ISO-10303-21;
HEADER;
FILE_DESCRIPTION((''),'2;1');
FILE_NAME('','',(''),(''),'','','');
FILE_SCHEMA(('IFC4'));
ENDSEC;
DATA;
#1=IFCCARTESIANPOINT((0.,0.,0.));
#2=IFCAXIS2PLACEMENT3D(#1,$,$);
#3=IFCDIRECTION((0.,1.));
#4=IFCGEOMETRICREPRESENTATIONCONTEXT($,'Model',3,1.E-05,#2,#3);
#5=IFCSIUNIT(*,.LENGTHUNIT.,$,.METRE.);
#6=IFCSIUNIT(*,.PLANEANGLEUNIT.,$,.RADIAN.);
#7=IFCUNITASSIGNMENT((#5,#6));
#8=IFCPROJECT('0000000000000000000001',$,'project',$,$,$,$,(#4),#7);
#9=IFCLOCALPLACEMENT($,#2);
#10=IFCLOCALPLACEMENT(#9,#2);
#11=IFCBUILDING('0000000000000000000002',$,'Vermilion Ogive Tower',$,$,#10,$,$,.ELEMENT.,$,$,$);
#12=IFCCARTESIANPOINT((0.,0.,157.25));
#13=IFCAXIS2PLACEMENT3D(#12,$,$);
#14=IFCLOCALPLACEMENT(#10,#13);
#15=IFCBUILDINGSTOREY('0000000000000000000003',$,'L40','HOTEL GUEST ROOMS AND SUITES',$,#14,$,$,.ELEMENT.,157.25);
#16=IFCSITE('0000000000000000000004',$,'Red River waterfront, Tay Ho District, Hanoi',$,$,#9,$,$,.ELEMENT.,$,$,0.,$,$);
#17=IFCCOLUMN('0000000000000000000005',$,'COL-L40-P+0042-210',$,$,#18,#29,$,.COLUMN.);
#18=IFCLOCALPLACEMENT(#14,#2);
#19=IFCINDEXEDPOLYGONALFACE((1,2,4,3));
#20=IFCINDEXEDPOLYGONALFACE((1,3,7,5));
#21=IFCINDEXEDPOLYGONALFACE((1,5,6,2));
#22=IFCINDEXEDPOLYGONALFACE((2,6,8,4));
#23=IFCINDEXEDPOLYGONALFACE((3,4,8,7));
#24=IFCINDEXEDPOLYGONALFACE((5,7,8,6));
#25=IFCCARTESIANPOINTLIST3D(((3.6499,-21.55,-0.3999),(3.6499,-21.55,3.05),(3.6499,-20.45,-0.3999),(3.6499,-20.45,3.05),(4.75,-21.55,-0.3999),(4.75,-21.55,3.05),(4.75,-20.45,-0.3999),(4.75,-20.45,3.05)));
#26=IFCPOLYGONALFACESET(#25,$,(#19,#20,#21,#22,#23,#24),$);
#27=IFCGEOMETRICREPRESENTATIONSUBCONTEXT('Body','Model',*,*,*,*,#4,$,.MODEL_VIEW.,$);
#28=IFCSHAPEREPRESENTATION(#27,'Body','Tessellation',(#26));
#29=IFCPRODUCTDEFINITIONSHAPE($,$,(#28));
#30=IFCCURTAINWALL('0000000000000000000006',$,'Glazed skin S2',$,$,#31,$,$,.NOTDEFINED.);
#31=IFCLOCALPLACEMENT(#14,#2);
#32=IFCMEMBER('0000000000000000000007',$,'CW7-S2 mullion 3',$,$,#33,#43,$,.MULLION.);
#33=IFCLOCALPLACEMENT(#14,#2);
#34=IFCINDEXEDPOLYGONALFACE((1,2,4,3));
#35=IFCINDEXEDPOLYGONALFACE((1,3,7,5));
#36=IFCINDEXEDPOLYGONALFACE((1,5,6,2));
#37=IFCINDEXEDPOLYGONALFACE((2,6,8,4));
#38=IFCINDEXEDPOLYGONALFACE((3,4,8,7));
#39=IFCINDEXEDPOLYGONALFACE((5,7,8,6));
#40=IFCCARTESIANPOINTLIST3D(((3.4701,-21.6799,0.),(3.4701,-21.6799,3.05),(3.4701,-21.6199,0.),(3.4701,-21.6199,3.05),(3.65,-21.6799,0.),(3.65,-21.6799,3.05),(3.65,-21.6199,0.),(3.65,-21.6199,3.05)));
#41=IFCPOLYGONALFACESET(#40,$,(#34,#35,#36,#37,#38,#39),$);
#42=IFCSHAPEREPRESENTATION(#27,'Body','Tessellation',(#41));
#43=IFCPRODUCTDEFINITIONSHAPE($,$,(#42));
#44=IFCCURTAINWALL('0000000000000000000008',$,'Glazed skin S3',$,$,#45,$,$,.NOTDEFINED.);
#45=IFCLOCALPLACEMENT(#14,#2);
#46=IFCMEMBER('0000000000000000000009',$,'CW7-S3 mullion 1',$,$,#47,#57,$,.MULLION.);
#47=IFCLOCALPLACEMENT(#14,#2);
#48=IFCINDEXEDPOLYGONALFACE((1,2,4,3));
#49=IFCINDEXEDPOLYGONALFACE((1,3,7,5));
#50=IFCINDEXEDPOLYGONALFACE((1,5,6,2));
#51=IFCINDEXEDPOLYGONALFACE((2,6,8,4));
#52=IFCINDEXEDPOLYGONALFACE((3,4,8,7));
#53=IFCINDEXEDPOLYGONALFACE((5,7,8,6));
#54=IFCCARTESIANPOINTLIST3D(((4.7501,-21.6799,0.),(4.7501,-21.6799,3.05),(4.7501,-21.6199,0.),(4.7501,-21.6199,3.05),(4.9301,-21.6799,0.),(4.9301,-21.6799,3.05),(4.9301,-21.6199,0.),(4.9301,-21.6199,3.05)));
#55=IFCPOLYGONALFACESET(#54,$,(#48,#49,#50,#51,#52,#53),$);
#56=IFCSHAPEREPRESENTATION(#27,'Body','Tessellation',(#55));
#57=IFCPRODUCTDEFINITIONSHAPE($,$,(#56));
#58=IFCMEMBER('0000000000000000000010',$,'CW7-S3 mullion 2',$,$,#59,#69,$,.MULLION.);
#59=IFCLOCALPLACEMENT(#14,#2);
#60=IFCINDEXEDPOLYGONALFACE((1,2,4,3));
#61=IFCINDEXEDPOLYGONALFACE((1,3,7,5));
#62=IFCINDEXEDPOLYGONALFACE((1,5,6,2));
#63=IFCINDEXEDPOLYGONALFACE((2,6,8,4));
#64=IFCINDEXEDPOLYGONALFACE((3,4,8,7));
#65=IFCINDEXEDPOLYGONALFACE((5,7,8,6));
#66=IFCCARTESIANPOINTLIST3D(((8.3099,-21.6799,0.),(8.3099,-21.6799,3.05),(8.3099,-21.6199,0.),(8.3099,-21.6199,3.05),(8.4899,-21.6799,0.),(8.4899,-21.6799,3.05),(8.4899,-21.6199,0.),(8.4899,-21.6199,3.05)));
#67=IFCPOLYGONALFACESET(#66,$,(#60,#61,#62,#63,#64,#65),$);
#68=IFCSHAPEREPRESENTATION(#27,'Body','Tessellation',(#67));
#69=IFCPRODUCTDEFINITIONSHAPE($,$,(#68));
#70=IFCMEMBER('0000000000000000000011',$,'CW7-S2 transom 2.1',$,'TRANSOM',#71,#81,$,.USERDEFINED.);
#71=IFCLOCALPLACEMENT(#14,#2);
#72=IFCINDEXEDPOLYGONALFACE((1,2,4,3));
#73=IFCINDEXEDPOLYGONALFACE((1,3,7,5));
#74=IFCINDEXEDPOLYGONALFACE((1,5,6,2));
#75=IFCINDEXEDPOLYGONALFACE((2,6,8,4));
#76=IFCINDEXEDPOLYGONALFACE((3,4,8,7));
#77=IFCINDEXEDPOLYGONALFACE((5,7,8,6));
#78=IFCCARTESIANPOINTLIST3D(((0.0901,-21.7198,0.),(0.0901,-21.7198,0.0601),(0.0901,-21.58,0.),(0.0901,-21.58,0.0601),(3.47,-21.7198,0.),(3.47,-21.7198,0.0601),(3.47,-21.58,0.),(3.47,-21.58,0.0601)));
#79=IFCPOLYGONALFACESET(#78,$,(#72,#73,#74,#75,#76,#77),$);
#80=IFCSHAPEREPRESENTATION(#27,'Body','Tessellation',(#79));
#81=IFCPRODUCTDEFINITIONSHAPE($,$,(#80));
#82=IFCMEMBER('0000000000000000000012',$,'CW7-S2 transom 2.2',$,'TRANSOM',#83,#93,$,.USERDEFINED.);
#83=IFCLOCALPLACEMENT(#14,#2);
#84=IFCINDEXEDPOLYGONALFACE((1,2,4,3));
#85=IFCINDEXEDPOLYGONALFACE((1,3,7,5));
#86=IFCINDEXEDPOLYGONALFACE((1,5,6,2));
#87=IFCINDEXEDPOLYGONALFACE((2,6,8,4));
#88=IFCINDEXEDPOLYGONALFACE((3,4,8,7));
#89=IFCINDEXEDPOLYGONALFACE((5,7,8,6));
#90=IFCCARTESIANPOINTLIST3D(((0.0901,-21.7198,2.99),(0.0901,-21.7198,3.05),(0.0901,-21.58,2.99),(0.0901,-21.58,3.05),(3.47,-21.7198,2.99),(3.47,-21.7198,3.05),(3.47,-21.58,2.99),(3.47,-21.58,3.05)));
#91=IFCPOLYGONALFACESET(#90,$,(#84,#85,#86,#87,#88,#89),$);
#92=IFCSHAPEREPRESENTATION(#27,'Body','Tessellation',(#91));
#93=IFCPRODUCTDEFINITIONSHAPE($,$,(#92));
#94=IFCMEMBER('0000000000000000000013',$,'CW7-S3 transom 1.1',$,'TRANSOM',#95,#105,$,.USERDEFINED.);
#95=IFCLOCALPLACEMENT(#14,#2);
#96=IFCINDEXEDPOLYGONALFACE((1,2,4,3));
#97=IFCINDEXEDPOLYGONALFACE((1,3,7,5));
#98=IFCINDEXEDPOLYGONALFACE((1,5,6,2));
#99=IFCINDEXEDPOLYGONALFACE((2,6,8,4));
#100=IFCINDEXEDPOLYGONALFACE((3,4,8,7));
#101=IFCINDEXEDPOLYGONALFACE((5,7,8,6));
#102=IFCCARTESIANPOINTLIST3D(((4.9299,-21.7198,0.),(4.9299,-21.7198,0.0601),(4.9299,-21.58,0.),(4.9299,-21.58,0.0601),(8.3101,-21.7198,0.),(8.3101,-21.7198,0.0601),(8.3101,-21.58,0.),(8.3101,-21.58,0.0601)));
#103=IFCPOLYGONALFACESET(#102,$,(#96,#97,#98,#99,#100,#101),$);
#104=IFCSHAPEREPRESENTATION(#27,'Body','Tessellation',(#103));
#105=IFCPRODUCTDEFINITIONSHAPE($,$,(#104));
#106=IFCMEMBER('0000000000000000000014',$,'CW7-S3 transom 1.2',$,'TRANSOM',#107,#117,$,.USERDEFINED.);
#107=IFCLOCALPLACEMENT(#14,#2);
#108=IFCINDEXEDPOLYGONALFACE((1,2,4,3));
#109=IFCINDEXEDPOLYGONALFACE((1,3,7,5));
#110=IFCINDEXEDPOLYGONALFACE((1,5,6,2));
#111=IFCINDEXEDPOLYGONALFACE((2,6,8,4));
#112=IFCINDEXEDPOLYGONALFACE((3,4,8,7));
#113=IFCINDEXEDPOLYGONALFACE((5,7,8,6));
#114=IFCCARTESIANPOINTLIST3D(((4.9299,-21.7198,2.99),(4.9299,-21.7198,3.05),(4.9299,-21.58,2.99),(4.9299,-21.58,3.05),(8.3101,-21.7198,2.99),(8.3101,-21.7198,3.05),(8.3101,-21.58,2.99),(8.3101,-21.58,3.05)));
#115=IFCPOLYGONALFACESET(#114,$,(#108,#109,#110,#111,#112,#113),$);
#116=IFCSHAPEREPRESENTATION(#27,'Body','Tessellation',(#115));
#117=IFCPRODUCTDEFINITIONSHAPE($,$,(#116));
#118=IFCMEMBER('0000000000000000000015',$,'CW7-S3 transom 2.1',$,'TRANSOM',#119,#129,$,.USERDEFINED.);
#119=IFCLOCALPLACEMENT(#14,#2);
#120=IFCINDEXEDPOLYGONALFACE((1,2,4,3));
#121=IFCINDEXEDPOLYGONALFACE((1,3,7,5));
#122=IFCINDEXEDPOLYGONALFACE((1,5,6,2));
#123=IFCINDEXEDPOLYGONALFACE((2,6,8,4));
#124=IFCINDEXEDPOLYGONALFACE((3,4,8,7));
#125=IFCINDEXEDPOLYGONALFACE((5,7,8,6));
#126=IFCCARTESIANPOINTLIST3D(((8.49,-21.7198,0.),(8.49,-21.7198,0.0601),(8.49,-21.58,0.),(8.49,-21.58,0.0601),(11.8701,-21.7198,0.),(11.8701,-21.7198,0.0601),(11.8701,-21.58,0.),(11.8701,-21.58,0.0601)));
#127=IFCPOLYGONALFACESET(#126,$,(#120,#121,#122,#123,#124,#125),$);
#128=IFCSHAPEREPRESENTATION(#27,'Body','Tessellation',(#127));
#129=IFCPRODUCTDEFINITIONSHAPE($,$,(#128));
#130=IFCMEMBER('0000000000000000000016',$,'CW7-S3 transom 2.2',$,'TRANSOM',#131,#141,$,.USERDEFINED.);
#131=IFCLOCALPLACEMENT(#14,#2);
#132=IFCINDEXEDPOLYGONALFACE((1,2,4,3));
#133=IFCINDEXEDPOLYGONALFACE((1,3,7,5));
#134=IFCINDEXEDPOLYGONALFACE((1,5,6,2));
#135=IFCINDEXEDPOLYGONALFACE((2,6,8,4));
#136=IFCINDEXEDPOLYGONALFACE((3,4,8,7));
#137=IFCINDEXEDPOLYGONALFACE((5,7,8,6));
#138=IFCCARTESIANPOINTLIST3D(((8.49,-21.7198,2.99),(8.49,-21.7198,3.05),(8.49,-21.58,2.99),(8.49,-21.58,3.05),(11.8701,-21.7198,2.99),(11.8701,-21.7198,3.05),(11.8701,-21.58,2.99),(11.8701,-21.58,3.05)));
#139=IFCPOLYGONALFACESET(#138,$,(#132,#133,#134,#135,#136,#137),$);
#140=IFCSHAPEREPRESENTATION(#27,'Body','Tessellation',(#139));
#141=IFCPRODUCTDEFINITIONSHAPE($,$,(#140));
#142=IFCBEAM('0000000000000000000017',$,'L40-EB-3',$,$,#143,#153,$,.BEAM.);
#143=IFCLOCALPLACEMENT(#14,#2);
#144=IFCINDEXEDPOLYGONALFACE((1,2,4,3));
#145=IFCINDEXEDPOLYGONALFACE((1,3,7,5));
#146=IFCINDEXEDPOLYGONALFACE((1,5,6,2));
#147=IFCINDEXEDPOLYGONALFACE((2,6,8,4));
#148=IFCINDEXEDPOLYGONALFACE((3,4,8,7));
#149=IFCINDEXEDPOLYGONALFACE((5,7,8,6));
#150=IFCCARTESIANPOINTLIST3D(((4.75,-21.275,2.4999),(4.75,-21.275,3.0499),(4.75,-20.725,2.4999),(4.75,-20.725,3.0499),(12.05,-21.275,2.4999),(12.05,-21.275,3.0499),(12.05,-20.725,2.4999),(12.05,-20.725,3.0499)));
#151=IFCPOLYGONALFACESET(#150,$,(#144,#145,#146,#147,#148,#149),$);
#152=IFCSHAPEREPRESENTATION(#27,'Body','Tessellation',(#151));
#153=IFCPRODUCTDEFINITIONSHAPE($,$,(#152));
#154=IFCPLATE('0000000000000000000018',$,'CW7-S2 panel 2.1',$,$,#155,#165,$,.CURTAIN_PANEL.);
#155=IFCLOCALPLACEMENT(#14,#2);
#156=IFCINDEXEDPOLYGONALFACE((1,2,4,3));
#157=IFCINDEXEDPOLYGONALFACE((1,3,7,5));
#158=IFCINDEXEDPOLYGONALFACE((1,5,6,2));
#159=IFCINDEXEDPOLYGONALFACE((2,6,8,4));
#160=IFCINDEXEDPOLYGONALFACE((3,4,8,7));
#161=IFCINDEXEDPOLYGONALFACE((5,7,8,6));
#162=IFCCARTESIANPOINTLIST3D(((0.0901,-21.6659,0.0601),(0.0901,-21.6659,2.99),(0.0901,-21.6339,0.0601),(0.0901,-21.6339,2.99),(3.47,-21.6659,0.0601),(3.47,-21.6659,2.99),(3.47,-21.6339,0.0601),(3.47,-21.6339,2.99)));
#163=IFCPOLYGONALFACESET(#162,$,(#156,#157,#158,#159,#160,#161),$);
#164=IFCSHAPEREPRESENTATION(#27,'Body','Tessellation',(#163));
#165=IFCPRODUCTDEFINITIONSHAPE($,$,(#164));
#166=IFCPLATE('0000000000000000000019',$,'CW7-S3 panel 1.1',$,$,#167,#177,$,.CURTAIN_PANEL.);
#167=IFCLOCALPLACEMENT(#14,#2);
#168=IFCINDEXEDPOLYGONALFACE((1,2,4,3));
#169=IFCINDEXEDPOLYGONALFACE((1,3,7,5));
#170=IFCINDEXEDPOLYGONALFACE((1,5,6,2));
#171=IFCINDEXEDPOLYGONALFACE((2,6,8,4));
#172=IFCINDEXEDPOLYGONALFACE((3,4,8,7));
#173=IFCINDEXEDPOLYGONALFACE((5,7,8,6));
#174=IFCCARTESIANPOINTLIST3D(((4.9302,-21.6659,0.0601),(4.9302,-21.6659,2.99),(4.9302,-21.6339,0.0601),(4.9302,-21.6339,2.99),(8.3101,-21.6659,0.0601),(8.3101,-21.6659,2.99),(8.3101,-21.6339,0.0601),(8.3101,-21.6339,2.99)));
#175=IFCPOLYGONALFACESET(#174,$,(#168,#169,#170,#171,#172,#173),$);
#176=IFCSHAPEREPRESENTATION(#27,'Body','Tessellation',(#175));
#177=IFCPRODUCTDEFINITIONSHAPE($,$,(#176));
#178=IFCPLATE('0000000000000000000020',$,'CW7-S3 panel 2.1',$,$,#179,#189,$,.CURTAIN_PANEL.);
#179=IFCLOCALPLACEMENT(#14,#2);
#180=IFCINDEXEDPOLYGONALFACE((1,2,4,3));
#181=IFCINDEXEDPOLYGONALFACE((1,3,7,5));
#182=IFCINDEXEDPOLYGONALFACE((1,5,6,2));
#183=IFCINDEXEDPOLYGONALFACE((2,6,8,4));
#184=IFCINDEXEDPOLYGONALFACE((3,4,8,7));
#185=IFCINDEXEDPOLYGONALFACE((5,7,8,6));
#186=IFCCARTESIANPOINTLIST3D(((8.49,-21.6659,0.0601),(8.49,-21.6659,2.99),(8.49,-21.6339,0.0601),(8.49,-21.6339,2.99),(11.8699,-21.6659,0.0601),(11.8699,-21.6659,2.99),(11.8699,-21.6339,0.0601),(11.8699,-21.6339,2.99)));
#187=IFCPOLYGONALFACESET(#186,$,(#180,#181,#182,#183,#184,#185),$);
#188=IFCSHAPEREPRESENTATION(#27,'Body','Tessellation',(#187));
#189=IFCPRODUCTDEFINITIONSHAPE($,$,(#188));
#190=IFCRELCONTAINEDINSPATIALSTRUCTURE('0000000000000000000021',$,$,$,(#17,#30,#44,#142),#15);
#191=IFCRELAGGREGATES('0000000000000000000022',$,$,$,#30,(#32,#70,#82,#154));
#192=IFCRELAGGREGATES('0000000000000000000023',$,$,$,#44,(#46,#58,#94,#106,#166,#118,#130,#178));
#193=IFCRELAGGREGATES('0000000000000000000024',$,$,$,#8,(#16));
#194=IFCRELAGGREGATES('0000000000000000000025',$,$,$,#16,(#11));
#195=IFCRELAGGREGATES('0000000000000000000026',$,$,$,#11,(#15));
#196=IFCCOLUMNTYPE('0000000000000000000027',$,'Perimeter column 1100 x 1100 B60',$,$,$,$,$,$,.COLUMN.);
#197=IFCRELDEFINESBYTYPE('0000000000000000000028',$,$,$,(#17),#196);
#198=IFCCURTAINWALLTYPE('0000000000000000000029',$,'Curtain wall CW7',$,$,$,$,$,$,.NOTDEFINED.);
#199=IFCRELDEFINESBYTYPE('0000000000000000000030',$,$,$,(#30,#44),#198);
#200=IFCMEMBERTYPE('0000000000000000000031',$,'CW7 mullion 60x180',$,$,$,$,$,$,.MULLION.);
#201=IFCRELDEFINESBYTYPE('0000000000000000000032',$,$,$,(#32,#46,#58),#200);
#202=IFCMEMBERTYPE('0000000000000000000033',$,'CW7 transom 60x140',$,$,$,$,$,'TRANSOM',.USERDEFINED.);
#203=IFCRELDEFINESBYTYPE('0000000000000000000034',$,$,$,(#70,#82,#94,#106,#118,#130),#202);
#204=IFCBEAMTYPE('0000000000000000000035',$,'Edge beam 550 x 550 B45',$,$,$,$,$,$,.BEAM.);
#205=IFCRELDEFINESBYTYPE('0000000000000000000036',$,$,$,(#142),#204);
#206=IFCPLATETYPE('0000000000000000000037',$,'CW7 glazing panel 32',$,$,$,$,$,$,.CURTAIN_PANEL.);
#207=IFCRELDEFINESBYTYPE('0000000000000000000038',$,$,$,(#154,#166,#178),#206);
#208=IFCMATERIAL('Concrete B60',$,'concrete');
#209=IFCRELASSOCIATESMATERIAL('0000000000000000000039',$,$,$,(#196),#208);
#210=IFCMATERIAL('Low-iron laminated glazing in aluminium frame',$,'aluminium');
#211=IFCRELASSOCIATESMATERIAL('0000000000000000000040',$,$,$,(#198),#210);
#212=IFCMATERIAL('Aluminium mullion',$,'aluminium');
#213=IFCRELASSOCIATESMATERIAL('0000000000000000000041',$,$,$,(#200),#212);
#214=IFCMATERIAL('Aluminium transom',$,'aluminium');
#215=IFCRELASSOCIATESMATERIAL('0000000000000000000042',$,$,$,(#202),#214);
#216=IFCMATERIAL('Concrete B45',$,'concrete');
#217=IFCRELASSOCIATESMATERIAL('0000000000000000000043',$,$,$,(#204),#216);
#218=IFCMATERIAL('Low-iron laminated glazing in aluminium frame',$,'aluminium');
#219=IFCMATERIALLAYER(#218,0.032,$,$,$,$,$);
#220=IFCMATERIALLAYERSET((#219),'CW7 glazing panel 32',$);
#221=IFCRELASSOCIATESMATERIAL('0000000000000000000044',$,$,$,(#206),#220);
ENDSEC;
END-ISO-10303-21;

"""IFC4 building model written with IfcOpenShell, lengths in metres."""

from ifc_helpers import new_model, si_unit, direction, frame, origin, origin_2d, place, context, subcontext, project, spatial, rectangle, extrude, material, layer, layer_set, material_profile, profile_set, type_object, element, aggregate, save


model = new_model("IFC4")

# Units and contexts
model_context = context("Model", 3, precision=1e-05, world=origin(), true_north=direction((0.0, 1.0)))
body_context = subcontext(model_context, "Body", "Model", "MODEL_VIEW")
ifc_project = project(units=[si_unit("LENGTHUNIT", "METRE"), si_unit("PLANEANGLEUNIT", "RADIAN")], contexts=[model_context])

# Site, building, storey
site_placement = place(None, origin())
site = spatial("IfcSite", under=ifc_project, at=site_placement, Name="Red River waterfront, Tay Ho District, Hanoi", CompositionType="ELEMENT", RefElevation=0.0)
building_placement = place(site_placement, origin())
building = spatial("IfcBuilding", under=site, at=building_placement, Name="Vermilion Ogive Tower", CompositionType="ELEMENT")
storey_placement = place(building_placement, frame((0.0, 0.0, 157.25)))
storey = spatial("IfcBuildingStorey", under=building, at=storey_placement, Name="L40", Description="HOTEL GUEST ROOMS AND SUITES", CompositionType="ELEMENT", Elevation=157.25)

# Column
ifc_material_1 = material(Name="Concrete B60", Category="concrete")
ifc_material_profile_1 = material_profile(ifc_material_1, rectangle(XDim=1.1001, YDim=1.1001, at=origin_2d()), Name="1100 x 1100")
ifc_profile_set_1 = profile_set([ifc_material_profile_1], Name="Concrete B60")
column_type = type_object("IfcColumnType", Name="Perimeter column 1100 x 1100 B60", PredefinedType="COLUMN", material=ifc_profile_set_1)
column_placement = place(storey_placement, frame((4.2, -21.0, -0.3999), z_axis=(0.0, 0.0, 1.0), x_axis=(1.0, 0.0, 0.0)))
element("IfcColumn", 1, at=column_placement, inside=storey, type_object=column_type, Name="COL-L40-P+0042-210", PredefinedType="COLUMN", context=body_context, shape_type="SweptSolid", body=[
    extrude(rectangle(XDim=1.1001, YDim=1.1001, at=origin_2d()), origin(), (0.0, 0.0, 1.0), 3.45),
])

# Curtain wall, member
ifc_material_2 = material(Name="Low-iron laminated glazing in aluminium frame", Category="aluminium")
curtain_wall_type = type_object("IfcCurtainWallType", Name="Curtain wall CW7", PredefinedType="NOTDEFINED", material=ifc_material_2)
curtain_wall_1_placement = place(storey_placement, origin())
curtain_wall_1 = element("IfcCurtainWall", 2, at=curtain_wall_1_placement, inside=storey, type_object=curtain_wall_type, Name="Glazed skin S2", PredefinedType="NOTDEFINED")
ifc_material_3 = material(Name="Aluminium mullion", Category="aluminium")
ifc_material_profile_2 = material_profile(ifc_material_3, rectangle(XDim=0.0601, YDim=0.1799, at=origin_2d()), Name="AL 60x180")
ifc_profile_set_2 = profile_set([ifc_material_profile_2], Name="Aluminium mullion")
member_type_1 = type_object("IfcMemberType", Name="CW7 mullion 60x180", PredefinedType="MULLION", material=ifc_profile_set_2)
member_1_placement = place(storey_placement, frame((3.5601, -21.6499, 0.0), z_axis=(0.0, 0.0, 1.0), x_axis=(0.0, 1.0, 0.0)))
member_1 = element("IfcMember", 3, at=member_1_placement, type_object=member_type_1, Name="CW7-S2 mullion 3", PredefinedType="MULLION", context=body_context, shape_type="SweptSolid", body=[
    extrude(rectangle(XDim=0.0601, YDim=0.1799, at=origin_2d()), origin(), (0.0, 0.0, 1.0), 3.05),
])

# Curtain wall, members
curtain_wall_2_placement = place(storey_placement, origin())
curtain_wall_2 = element("IfcCurtainWall", 4, at=curtain_wall_2_placement, inside=storey, type_object=curtain_wall_type, Name="Glazed skin S3", PredefinedType="NOTDEFINED")
member_2_placement = place(storey_placement, frame((4.8401, -21.6499, 0.0), z_axis=(0.0, 0.0, 1.0), x_axis=(0.0, 1.0, 0.0)))
member_2 = element("IfcMember", 5, at=member_2_placement, type_object=member_type_1, Name="CW7-S3 mullion 1", PredefinedType="MULLION", context=body_context, shape_type="SweptSolid", body=[
    extrude(rectangle(XDim=0.0601, YDim=0.1799, at=origin_2d()), origin(), (0.0, 0.0, 1.0), 3.05),
])
member_3_placement = place(storey_placement, frame((8.3999, -21.6499, 0.0), z_axis=(0.0, 0.0, 1.0), x_axis=(0.0, 1.0, 0.0)))
member_3 = element("IfcMember", 6, at=member_3_placement, type_object=member_type_1, Name="CW7-S3 mullion 2", PredefinedType="MULLION", context=body_context, shape_type="SweptSolid", body=[
    extrude(rectangle(XDim=0.0601, YDim=0.1799, at=origin_2d()), origin(), (0.0, 0.0, 1.0), 3.05),
])

# Members
ifc_material_4 = material(Name="Aluminium transom", Category="aluminium")
ifc_material_profile_3 = material_profile(ifc_material_4, rectangle(XDim=0.1399, YDim=0.0601, at=origin_2d()), Name="AL 60x140")
ifc_profile_set_3 = profile_set([ifc_material_profile_3], Name="Aluminium transom")
member_type_2 = type_object("IfcMemberType", Name="CW7 transom 60x140", ElementType="TRANSOM", PredefinedType="USERDEFINED", material=ifc_profile_set_3)
member_4_placement = place(storey_placement, frame((0.0901, -21.6499, 0.03), z_axis=(1.0, 0.0, 0.0), x_axis=(0.0, 1.0, 0.0)))
member_4 = element("IfcMember", 7, at=member_4_placement, type_object=member_type_2, Name="CW7-S2 transom 2.1", ObjectType="TRANSOM", PredefinedType="USERDEFINED", context=body_context, shape_type="SweptSolid", body=[
    extrude(rectangle(XDim=0.1399, YDim=0.0601, at=origin_2d()), origin(), (0.0, 0.0, 1.0), 3.3799),
])
member_5_placement = place(storey_placement, frame((0.0901, -21.6499, 3.02), z_axis=(1.0, 0.0, 0.0), x_axis=(0.0, 1.0, 0.0)))
member_5 = element("IfcMember", 8, at=member_5_placement, type_object=member_type_2, Name="CW7-S2 transom 2.2", ObjectType="TRANSOM", PredefinedType="USERDEFINED", context=body_context, shape_type="SweptSolid", body=[
    extrude(rectangle(XDim=0.1399, YDim=0.0601, at=origin_2d()), origin(), (0.0, 0.0, 1.0), 3.3799),
])
member_6_placement = place(storey_placement, frame((4.9299, -21.6499, 0.03), z_axis=(1.0, 0.0, 0.0), x_axis=(0.0, 1.0, 0.0)))
member_6 = element("IfcMember", 9, at=member_6_placement, type_object=member_type_2, Name="CW7-S3 transom 1.1", ObjectType="TRANSOM", PredefinedType="USERDEFINED", context=body_context, shape_type="SweptSolid", body=[
    extrude(rectangle(XDim=0.1399, YDim=0.0601, at=origin_2d()), origin(), (0.0, 0.0, 1.0), 3.3801),
])
member_7_placement = place(storey_placement, frame((4.9299, -21.6499, 3.02), z_axis=(1.0, 0.0, 0.0), x_axis=(0.0, 1.0, 0.0)))
member_7 = element("IfcMember", 10, at=member_7_placement, type_object=member_type_2, Name="CW7-S3 transom 1.2", ObjectType="TRANSOM", PredefinedType="USERDEFINED", context=body_context, shape_type="SweptSolid", body=[
    extrude(rectangle(XDim=0.1399, YDim=0.0601, at=origin_2d()), origin(), (0.0, 0.0, 1.0), 3.3801),
])
member_8_placement = place(storey_placement, frame((8.49, -21.6499, 0.03), z_axis=(1.0, 0.0, 0.0), x_axis=(0.0, 1.0, 0.0)))
member_8 = element("IfcMember", 11, at=member_8_placement, type_object=member_type_2, Name="CW7-S3 transom 2.1", ObjectType="TRANSOM", PredefinedType="USERDEFINED", context=body_context, shape_type="SweptSolid", body=[
    extrude(rectangle(XDim=0.1399, YDim=0.0601, at=origin_2d()), origin(), (0.0, 0.0, 1.0), 3.3801),
])
member_9_placement = place(storey_placement, frame((8.49, -21.6499, 3.02), z_axis=(1.0, 0.0, 0.0), x_axis=(0.0, 1.0, 0.0)))
member_9 = element("IfcMember", 12, at=member_9_placement, type_object=member_type_2, Name="CW7-S3 transom 2.2", ObjectType="TRANSOM", PredefinedType="USERDEFINED", context=body_context, shape_type="SweptSolid", body=[
    extrude(rectangle(XDim=0.1399, YDim=0.0601, at=origin_2d()), origin(), (0.0, 0.0, 1.0), 3.3801),
])

# Beam
ifc_material_5 = material(Name="Concrete B45", Category="concrete")
ifc_material_profile_4 = material_profile(ifc_material_5, rectangle(XDim=0.55, YDim=0.55, at=origin_2d()), Name="550 x 550")
ifc_profile_set_4 = profile_set([ifc_material_profile_4], Name="Concrete B45")
beam_type = type_object("IfcBeamType", Name="Edge beam 550 x 550 B45", PredefinedType="BEAM", material=ifc_profile_set_4)
beam_placement = place(storey_placement, frame((4.75, -21.0, 2.7749), z_axis=(1.0, 0.0, 0.0), x_axis=(0.0, 1.0, 0.0)))
element("IfcBeam", 13, at=beam_placement, inside=storey, type_object=beam_type, Name="L40-EB-3", PredefinedType="BEAM", context=body_context, shape_type="SweptSolid", body=[
    extrude(rectangle(XDim=0.55, YDim=0.55, at=origin_2d()), origin(), (0.0, 0.0, 1.0), 7.3),
])

# Plates
ifc_material_6 = material(Name="Low-iron laminated glazing in aluminium frame", Category="aluminium")
ifc_layer_1 = layer(ifc_material_6, 0.032)
ifc_layer_set_1 = layer_set([ifc_layer_1], Name="CW7 glazing panel 32")
plate_type = type_object("IfcPlateType", Name="CW7 glazing panel 32", PredefinedType="CURTAIN_PANEL", material=ifc_layer_set_1)
plate_1_placement = place(storey_placement, frame((1.78, -21.6499, 0.0601), z_axis=(0.0, 0.0, 1.0), x_axis=(1.0, 0.0, 0.0)))
plate_1 = element("IfcPlate", 14, at=plate_1_placement, type_object=plate_type, Name="CW7-S2 panel 2.1", PredefinedType="CURTAIN_PANEL", context=body_context, shape_type="SweptSolid", body=[
    extrude(rectangle(XDim=3.3799, YDim=0.032, at=origin_2d()), origin(), (0.0, 0.0, 1.0), 2.9299),
])
aggregate(curtain_wall_1, [member_1, member_4, member_5, plate_1])
plate_2_placement = place(storey_placement, frame((6.6201, -21.6499, 0.0601), z_axis=(0.0, 0.0, 1.0), x_axis=(1.0, 0.0, 0.0)))
plate_2 = element("IfcPlate", 15, at=plate_2_placement, type_object=plate_type, Name="CW7-S3 panel 1.1", PredefinedType="CURTAIN_PANEL", context=body_context, shape_type="SweptSolid", body=[
    extrude(rectangle(XDim=3.3799, YDim=0.032, at=origin_2d()), origin(), (0.0, 0.0, 1.0), 2.9299),
])
plate_3_placement = place(storey_placement, frame((10.1799, -21.6499, 0.0601), z_axis=(0.0, 0.0, 1.0), x_axis=(1.0, 0.0, 0.0)))
plate_3 = element("IfcPlate", 16, at=plate_3_placement, type_object=plate_type, Name="CW7-S3 panel 2.1", PredefinedType="CURTAIN_PANEL", context=body_context, shape_type="SweptSolid", body=[
    extrude(rectangle(XDim=3.3799, YDim=0.032, at=origin_2d()), origin(), (0.0, 0.0, 1.0), 2.9299),
])
aggregate(curtain_wall_2, [member_2, member_3, member_6, member_7, plate_2, member_8, member_9, plate_3])

save(model, "model.ifc")
